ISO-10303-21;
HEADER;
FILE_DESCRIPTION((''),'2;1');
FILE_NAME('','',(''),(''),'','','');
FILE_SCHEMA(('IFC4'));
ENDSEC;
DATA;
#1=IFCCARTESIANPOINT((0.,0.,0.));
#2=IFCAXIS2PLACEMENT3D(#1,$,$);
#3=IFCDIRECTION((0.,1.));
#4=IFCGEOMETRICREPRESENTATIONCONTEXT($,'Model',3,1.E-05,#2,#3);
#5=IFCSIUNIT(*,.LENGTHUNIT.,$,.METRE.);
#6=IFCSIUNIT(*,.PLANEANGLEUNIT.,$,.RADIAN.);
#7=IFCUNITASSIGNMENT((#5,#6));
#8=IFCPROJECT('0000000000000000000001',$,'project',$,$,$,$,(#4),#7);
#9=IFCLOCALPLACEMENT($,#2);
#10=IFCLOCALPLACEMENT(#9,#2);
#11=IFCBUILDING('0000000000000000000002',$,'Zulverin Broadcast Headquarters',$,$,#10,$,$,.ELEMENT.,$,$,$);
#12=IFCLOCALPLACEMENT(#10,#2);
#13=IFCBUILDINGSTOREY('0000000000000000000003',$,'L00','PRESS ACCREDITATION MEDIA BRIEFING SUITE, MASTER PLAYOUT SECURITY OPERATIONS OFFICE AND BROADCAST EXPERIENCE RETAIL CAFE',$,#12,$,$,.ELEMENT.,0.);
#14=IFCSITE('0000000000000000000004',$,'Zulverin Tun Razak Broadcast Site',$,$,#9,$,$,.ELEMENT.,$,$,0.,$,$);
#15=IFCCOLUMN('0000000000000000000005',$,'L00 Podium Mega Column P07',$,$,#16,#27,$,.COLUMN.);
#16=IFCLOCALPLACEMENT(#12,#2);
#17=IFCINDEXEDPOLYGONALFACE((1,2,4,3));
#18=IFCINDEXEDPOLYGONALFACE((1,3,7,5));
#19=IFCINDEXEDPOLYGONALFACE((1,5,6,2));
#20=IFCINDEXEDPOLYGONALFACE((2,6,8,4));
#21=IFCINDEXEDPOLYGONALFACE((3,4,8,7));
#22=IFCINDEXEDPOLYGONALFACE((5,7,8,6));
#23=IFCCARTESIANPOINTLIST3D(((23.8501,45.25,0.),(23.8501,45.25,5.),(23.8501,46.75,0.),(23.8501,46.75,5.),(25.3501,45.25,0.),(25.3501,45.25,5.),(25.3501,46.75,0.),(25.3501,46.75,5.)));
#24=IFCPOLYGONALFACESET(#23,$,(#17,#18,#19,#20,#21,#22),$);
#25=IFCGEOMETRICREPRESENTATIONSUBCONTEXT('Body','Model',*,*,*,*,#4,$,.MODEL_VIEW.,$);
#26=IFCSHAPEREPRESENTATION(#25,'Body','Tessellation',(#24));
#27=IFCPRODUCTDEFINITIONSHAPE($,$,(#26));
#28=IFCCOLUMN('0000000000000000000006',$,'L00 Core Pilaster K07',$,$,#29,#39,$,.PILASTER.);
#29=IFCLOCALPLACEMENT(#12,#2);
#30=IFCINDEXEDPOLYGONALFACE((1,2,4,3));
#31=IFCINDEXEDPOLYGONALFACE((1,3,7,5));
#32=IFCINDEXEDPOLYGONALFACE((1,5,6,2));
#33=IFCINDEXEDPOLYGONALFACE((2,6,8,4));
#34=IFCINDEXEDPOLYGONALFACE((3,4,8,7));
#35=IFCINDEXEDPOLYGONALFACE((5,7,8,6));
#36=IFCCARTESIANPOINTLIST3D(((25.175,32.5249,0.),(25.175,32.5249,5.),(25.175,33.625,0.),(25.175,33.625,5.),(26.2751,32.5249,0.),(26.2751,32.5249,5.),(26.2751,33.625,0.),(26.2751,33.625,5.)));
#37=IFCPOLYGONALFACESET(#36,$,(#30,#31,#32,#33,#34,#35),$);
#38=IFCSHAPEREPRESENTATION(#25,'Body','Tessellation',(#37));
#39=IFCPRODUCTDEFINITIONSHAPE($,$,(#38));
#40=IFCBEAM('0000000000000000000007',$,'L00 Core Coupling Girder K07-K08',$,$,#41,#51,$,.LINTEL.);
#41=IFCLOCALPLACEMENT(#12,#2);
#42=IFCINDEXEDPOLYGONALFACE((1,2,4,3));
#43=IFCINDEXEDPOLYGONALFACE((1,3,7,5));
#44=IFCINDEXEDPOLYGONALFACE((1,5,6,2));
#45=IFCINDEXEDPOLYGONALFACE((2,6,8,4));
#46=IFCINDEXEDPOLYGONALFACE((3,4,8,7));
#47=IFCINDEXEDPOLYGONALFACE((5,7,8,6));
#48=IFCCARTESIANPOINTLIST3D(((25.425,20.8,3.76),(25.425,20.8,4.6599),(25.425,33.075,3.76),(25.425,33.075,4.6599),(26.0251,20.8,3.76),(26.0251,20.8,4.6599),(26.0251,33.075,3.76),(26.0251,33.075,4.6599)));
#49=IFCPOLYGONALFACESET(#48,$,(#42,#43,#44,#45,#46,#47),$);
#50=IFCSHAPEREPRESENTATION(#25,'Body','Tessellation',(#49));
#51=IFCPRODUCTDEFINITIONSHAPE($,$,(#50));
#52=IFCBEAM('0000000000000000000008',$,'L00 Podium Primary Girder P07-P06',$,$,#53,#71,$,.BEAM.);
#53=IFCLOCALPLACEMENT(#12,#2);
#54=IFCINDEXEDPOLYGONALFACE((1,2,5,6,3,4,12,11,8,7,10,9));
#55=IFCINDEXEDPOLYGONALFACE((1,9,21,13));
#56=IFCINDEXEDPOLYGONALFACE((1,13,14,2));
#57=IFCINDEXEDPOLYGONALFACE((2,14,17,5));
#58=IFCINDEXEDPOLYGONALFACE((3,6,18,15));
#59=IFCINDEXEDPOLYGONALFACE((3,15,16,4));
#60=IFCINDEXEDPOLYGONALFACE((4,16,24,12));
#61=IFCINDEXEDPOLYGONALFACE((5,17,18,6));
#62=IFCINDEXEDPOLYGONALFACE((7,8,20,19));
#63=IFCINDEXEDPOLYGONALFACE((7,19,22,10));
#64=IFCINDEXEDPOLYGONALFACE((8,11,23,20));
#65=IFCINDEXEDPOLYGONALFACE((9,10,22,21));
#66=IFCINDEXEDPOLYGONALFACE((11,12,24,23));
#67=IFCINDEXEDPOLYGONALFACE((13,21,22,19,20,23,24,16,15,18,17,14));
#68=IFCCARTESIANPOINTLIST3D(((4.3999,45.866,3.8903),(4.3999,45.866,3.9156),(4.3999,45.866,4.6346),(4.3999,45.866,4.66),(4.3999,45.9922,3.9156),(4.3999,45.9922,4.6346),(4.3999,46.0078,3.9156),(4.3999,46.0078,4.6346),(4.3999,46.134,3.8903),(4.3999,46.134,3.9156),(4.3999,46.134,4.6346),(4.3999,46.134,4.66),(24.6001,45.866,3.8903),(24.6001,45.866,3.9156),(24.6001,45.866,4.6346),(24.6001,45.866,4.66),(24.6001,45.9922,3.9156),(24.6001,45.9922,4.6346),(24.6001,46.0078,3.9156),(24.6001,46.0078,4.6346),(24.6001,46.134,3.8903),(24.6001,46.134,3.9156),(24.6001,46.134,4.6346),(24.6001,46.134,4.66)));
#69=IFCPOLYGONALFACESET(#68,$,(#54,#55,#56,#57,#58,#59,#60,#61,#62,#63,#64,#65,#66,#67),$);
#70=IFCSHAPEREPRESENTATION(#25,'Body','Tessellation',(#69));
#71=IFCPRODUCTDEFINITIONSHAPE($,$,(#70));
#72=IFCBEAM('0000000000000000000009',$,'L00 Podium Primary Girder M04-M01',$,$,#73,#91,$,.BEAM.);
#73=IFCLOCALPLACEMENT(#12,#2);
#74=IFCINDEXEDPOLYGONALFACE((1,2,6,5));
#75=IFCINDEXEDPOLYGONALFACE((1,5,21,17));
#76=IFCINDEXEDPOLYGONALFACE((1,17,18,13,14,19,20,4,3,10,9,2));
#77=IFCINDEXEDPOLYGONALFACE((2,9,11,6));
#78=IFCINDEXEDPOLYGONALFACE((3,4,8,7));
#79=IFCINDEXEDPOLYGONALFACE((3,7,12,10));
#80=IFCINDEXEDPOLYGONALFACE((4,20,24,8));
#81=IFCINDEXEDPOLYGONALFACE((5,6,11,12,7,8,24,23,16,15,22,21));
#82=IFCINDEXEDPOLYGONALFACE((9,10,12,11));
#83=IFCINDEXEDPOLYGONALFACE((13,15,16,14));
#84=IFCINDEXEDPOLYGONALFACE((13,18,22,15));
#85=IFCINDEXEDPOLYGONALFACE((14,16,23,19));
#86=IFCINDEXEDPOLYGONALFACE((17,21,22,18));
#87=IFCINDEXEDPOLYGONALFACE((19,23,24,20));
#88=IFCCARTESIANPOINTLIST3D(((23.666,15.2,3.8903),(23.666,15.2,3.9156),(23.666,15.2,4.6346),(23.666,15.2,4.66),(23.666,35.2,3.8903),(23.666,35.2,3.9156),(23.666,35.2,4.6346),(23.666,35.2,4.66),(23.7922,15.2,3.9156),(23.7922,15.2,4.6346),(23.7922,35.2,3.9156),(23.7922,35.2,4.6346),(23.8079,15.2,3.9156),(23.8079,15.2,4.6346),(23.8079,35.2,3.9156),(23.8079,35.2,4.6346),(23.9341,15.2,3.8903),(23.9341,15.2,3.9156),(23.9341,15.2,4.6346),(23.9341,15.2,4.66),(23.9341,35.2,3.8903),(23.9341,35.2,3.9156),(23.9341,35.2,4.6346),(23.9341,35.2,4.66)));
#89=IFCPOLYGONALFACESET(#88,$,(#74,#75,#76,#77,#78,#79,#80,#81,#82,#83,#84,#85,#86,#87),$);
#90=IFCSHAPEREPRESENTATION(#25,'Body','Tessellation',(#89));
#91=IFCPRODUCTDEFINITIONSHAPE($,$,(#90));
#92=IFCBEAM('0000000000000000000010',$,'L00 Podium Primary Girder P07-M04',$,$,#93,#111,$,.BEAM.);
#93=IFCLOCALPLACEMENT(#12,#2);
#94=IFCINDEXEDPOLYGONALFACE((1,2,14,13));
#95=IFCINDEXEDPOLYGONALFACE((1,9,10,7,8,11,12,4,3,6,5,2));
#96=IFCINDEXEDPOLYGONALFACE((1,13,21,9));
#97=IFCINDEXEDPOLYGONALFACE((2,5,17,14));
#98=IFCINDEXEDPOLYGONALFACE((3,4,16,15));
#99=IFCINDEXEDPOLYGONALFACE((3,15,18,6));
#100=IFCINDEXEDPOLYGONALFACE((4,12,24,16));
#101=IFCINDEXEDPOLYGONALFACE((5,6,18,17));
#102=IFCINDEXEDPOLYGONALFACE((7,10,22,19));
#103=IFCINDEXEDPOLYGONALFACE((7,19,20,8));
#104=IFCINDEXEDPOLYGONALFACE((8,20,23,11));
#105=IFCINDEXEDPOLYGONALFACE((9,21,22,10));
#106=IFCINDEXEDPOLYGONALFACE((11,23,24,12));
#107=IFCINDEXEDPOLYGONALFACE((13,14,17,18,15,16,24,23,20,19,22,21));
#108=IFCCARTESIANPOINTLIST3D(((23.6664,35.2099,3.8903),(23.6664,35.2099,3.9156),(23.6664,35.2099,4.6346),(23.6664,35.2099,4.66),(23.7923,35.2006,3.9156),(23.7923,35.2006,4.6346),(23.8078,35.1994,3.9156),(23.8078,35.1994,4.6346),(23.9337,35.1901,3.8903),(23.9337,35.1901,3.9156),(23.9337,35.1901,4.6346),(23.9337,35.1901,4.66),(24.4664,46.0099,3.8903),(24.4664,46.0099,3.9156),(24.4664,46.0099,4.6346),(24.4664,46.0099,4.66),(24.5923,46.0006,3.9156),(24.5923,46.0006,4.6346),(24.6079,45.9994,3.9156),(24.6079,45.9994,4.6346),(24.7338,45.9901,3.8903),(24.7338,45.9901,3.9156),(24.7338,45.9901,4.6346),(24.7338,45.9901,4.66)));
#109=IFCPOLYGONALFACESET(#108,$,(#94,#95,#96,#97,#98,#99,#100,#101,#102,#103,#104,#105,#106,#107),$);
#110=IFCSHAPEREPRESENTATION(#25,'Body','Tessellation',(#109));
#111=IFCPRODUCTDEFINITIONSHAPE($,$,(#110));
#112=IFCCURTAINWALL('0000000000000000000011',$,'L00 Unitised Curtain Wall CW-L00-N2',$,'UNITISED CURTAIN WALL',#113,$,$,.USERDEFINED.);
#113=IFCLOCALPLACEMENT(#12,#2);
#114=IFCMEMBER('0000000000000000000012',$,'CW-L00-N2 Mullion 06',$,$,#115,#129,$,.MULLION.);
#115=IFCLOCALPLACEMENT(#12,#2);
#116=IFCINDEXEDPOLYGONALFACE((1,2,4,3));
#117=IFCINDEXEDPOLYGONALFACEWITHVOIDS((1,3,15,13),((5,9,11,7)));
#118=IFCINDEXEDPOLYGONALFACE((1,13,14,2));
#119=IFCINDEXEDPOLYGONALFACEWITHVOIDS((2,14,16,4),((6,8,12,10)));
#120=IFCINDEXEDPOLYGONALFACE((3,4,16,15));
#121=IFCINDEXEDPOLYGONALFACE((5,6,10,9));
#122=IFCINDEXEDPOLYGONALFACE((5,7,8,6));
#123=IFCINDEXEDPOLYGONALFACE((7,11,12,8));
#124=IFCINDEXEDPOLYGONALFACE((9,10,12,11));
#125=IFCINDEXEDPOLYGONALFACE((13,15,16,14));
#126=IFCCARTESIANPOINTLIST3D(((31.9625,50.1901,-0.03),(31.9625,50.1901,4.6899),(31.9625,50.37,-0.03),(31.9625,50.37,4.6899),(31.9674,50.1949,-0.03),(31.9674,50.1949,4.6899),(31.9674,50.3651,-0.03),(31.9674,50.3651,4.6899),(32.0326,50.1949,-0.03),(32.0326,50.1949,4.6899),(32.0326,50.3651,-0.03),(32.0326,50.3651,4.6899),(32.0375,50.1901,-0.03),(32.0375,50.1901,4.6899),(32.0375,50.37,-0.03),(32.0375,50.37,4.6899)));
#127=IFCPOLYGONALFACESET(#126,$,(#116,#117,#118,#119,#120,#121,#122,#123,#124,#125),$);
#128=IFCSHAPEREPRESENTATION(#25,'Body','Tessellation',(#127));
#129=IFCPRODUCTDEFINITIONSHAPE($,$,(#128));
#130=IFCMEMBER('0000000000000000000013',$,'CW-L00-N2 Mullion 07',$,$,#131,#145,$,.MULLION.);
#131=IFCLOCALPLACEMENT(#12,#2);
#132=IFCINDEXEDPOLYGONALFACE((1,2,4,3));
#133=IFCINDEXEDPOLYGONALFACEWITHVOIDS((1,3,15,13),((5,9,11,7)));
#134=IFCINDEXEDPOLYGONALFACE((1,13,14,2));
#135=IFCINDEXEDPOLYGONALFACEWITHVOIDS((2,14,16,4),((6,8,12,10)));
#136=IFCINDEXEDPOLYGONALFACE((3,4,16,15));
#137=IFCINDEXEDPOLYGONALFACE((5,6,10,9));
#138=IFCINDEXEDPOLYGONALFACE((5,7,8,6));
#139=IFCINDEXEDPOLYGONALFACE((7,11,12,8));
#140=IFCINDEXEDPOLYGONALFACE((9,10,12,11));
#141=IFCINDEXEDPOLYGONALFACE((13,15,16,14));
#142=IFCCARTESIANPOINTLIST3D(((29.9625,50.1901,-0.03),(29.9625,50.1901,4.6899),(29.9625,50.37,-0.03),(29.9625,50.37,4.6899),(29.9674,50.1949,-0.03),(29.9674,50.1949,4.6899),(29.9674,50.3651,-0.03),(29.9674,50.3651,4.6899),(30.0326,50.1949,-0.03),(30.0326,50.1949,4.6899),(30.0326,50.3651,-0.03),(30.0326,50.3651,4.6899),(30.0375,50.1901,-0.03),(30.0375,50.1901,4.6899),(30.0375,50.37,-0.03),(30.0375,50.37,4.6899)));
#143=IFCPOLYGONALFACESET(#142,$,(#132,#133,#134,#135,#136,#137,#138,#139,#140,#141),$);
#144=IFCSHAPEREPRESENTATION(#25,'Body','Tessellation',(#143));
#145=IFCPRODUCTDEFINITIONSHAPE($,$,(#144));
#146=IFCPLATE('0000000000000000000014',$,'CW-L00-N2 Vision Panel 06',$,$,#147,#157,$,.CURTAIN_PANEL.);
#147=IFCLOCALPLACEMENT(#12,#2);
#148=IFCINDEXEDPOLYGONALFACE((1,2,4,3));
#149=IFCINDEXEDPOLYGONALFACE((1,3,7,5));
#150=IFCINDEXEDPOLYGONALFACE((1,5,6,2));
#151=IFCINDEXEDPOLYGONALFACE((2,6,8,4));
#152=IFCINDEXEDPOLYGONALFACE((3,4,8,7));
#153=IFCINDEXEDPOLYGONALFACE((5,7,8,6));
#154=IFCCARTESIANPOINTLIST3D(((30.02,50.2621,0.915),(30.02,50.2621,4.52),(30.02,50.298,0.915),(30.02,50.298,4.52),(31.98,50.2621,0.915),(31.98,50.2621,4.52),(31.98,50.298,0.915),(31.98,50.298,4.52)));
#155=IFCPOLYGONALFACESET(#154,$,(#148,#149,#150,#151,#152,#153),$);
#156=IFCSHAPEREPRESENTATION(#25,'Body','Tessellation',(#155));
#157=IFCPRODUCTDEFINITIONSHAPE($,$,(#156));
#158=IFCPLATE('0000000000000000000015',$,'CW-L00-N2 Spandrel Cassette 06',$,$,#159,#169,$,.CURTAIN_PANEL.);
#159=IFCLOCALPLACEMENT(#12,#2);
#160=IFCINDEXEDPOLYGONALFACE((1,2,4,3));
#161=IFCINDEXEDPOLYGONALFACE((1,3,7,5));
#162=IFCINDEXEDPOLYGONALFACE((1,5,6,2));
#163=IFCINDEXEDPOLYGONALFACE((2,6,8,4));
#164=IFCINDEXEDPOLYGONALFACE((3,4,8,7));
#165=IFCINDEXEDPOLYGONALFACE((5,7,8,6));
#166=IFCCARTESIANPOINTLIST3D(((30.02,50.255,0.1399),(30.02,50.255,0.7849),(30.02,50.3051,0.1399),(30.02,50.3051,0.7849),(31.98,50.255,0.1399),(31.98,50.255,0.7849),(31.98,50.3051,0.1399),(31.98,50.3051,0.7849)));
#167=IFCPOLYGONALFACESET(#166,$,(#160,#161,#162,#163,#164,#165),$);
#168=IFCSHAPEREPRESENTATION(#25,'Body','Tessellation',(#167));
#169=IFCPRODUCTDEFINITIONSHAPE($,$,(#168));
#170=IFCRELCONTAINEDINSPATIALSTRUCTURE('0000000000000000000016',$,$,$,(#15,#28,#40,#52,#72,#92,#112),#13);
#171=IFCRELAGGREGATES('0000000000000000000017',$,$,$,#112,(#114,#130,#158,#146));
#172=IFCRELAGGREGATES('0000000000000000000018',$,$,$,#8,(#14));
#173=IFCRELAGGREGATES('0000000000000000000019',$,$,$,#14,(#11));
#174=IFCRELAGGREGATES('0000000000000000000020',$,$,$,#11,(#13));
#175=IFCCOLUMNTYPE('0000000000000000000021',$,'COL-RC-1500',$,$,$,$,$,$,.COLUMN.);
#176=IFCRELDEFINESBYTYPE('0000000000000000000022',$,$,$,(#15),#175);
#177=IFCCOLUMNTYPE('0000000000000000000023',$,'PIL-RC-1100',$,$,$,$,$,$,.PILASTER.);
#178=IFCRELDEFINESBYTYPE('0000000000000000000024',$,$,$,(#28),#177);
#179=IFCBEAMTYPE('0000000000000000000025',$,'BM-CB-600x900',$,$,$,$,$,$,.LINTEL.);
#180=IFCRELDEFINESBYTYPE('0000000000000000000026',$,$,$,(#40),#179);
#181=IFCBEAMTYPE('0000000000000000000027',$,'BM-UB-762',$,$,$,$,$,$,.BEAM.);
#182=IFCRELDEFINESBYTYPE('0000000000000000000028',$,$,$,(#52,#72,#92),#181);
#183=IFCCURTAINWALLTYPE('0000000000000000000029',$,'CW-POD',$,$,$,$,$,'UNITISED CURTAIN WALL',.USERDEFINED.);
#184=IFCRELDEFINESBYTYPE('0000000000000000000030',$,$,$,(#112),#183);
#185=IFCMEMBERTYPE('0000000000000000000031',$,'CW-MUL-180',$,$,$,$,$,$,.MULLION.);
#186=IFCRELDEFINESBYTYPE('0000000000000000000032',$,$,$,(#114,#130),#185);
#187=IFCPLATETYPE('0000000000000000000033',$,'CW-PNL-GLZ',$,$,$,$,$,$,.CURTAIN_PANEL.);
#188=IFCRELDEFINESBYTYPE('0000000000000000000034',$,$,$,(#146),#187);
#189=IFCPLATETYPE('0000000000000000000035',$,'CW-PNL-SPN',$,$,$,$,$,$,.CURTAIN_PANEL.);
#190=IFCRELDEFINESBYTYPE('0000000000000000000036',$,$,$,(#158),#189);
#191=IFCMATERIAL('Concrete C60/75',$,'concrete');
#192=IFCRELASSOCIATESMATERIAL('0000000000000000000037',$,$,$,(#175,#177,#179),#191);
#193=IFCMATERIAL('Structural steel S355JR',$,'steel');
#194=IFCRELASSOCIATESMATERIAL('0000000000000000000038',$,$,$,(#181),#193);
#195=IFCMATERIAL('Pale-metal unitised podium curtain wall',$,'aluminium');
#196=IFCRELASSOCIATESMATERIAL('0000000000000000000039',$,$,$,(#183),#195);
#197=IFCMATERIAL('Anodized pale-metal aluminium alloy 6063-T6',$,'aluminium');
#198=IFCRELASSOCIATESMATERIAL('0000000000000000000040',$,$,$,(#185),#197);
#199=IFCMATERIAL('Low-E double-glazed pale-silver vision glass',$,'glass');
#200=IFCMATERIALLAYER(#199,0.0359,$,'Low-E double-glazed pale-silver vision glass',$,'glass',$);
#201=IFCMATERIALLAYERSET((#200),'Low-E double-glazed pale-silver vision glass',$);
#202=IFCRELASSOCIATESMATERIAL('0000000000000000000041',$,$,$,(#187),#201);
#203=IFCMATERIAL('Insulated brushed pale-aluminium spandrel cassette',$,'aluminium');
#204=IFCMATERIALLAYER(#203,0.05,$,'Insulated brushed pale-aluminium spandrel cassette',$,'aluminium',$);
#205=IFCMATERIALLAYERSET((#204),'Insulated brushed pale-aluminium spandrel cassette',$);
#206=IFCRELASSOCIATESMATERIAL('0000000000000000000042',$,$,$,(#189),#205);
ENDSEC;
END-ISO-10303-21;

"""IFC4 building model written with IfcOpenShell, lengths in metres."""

from ifc_helpers import new_model, si_unit, direction, frame, origin, origin_2d, place, context, subcontext, project, spatial, rectangle, hollow_rectangle, i_section, extrude, material, layer, layer_set, material_profile, profile_set, type_object, element, aggregate, save


model = new_model("IFC4")

# Units and contexts
model_context = context("Model", 3, precision=1e-05, world=origin(), true_north=direction((0.0, 1.0)))
body_context = subcontext(model_context, "Body", "Model", "MODEL_VIEW")
ifc_project = project(units=[si_unit("LENGTHUNIT", "METRE"), si_unit("PLANEANGLEUNIT", "RADIAN")], contexts=[model_context])

# Site, building, storey
site_placement = place(None, origin())
site = spatial("IfcSite", under=ifc_project, at=site_placement, Name="Zulverin Tun Razak Broadcast Site", CompositionType="ELEMENT", RefElevation=0.0)
building_placement = place(site_placement, origin())
building = spatial("IfcBuilding", under=site, at=building_placement, Name="Zulverin Broadcast Headquarters", CompositionType="ELEMENT")
storey_placement = place(building_placement, origin())
storey = spatial("IfcBuildingStorey", under=building, at=storey_placement, Name="L00", Description="PRESS ACCREDITATION MEDIA BRIEFING SUITE, MASTER PLAYOUT SECURITY OPERATIONS OFFICE AND BROADCAST EXPERIENCE RETAIL CAFE", CompositionType="ELEMENT", Elevation=0.0)

# Columns
ifc_material_1 = material(Name="Concrete C60/75", Category="concrete")
ifc_material_profile_1 = material_profile(ifc_material_1, rectangle(XDim=1.5, YDim=1.5, at=origin_2d()), Name="Concrete C60/75", Category="concrete")
ifc_profile_set_1 = profile_set([ifc_material_profile_1], Name="Concrete C60/75")
column_type_1 = type_object("IfcColumnType", Name="COL-RC-1500", PredefinedType="COLUMN", material=ifc_profile_set_1)
column_1_placement = place(storey_placement, frame((24.6001, 46.0, 0.0), z_axis=(0.0, 0.0, 1.0), x_axis=(1.0, 0.0, 0.0)))
element("IfcColumn", 1, at=column_1_placement, inside=storey, type_object=column_type_1, Name="L00 Podium Mega Column P07", PredefinedType="COLUMN", context=body_context, shape_type="SweptSolid", body=[
    extrude(rectangle(XDim=1.5, YDim=1.5, at=origin_2d()), origin(), (0.0, 0.0, 1.0), 5.0),
])
ifc_material_profile_2 = material_profile(ifc_material_1, rectangle(XDim=1.1001, YDim=1.1001, at=origin_2d()), Name="Concrete C60/75", Category="concrete")
ifc_profile_set_2 = profile_set([ifc_material_profile_2], Name="Concrete C60/75")
column_type_2 = type_object("IfcColumnType", Name="PIL-RC-1100", PredefinedType="PILASTER", material=ifc_profile_set_2)
column_2_placement = place(storey_placement, frame((25.7251, 33.075, 0.0), z_axis=(0.0, 0.0, 1.0), x_axis=(1.0, 0.0, 0.0)))
element("IfcColumn", 2, at=column_2_placement, inside=storey, type_object=column_type_2, Name="L00 Core Pilaster K07", PredefinedType="PILASTER", context=body_context, shape_type="SweptSolid", body=[
    extrude(rectangle(XDim=1.1001, YDim=1.1001, at=origin_2d()), origin(), (0.0, 0.0, 1.0), 5.0),
])

# Beams
ifc_material_profile_3 = material_profile(ifc_material_1, rectangle(XDim=0.6001, YDim=0.8999, at=origin_2d()), Name="Concrete C60/75", Category="concrete")
ifc_profile_set_3 = profile_set([ifc_material_profile_3], Name="Concrete C60/75")
beam_type_1 = type_object("IfcBeamType", Name="BM-CB-600x900", PredefinedType="LINTEL", material=ifc_profile_set_3)
beam_1_placement = place(storey_placement, frame((25.7251, 33.075, 4.21), z_axis=(0.0, -1.0, 0.0), x_axis=(1.0, 0.0, 0.0)))
element("IfcBeam", 3, at=beam_1_placement, inside=storey, type_object=beam_type_1, Name="L00 Core Coupling Girder K07-K08", PredefinedType="LINTEL", context=body_context, shape_type="SweptSolid", body=[
    extrude(rectangle(XDim=0.6001, YDim=0.8999, at=origin_2d()), origin(), (0.0, 0.0, 1.0), 12.2749),
])
ifc_material_2 = material(Name="Structural steel S355JR", Category="steel")
ifc_material_profile_4 = material_profile(ifc_material_2, i_section(OverallWidth=0.2681, OverallDepth=0.7698, WebThickness=0.0156, FlangeThickness=0.0254, at=origin_2d()), Name="Structural steel S355JR", Category="steel")
ifc_profile_set_4 = profile_set([ifc_material_profile_4], Name="Structural steel S355JR")
beam_type_2 = type_object("IfcBeamType", Name="BM-UB-762", PredefinedType="BEAM", material=ifc_profile_set_4)
beam_2_placement = place(storey_placement, frame((24.6001, 46.0, 4.2751), z_axis=(-1.0, 0.0, 0.0), x_axis=(0.0, -1.0, 0.0)))
element("IfcBeam", 4, at=beam_2_placement, inside=storey, type_object=beam_type_2, Name="L00 Podium Primary Girder P07-P06", PredefinedType="BEAM", context=body_context, shape_type="SweptSolid", body=[
    extrude(i_section(OverallWidth=0.2681, OverallDepth=0.7698, WebThickness=0.0156, FlangeThickness=0.0254, at=origin_2d()), origin(), (0.0, 0.0, 1.0), 20.2002),
])
beam_3_placement = place(storey_placement, frame((23.8, 35.2, 4.2751), z_axis=(0.0, -1.0, 0.0), x_axis=(1.0, 0.0, 0.0)))
element("IfcBeam", 5, at=beam_3_placement, inside=storey, type_object=beam_type_2, Name="L00 Podium Primary Girder M04-M01", PredefinedType="BEAM", context=body_context, shape_type="SweptSolid", body=[
    extrude(i_section(OverallWidth=0.2681, OverallDepth=0.7698, WebThickness=0.0156, FlangeThickness=0.0254, at=origin_2d()), origin(), (0.0, 0.0, 1.0), 20.0),
])
beam_4_placement = place(storey_placement, frame((24.6001, 46.0, 4.2751), z_axis=(-0.073876, -0.997267, 0.0), x_axis=(0.997267, -0.073876, 0.0)))
element("IfcBeam", 6, at=beam_4_placement, inside=storey, type_object=beam_type_2, Name="L00 Podium Primary Girder P07-M04", PredefinedType="BEAM", context=body_context, shape_type="SweptSolid", body=[
    extrude(i_section(OverallWidth=0.2681, OverallDepth=0.7698, WebThickness=0.0156, FlangeThickness=0.0254, at=origin_2d()), origin(), (0.0, 0.0, 1.0), 10.8296),
])

# Curtain wall, members, plates
ifc_material_3 = material(Name="Pale-metal unitised podium curtain wall", Category="aluminium")
curtain_wall_type = type_object("IfcCurtainWallType", Name="CW-POD", ElementType="UNITISED CURTAIN WALL", PredefinedType="USERDEFINED", material=ifc_material_3)
curtain_wall_placement = place(storey_placement, origin())
curtain_wall = element("IfcCurtainWall", 7, at=curtain_wall_placement, inside=storey, type_object=curtain_wall_type, Name="L00 Unitised Curtain Wall CW-L00-N2", ObjectType="UNITISED CURTAIN WALL", PredefinedType="USERDEFINED")
ifc_material_4 = material(Name="Anodized pale-metal aluminium alloy 6063-T6", Category="aluminium")
ifc_material_profile_5 = material_profile(ifc_material_4, hollow_rectangle(XDim=0.075, YDim=0.1799, WallThickness=0.0049, at=origin_2d()), Name="Anodized pale-metal aluminium alloy 6063-T6", Category="aluminium")
ifc_profile_set_5 = profile_set([ifc_material_profile_5], Name="Anodized pale-metal aluminium alloy 6063-T6")
member_type = type_object("IfcMemberType", Name="CW-MUL-180", PredefinedType="MULLION", material=ifc_profile_set_5)
member_1_placement = place(storey_placement, frame((32.0, 50.28, -0.03), z_axis=(0.0, 0.0, 1.0), x_axis=(-1.0, 0.0, 0.0)))
member_1 = element("IfcMember", 8, at=member_1_placement, type_object=member_type, Name="CW-L00-N2 Mullion 06", PredefinedType="MULLION", context=body_context, shape_type="SweptSolid", body=[
    extrude(hollow_rectangle(XDim=0.075, YDim=0.1799, WallThickness=0.0049, at=origin_2d()), origin(), (0.0, 0.0, 1.0), 4.72),
])
member_2_placement = place(storey_placement, frame((30.0, 50.28, -0.03), z_axis=(0.0, 0.0, 1.0), x_axis=(-1.0, 0.0, 0.0)))
member_2 = element("IfcMember", 9, at=member_2_placement, type_object=member_type, Name="CW-L00-N2 Mullion 07", PredefinedType="MULLION", context=body_context, shape_type="SweptSolid", body=[
    extrude(hollow_rectangle(XDim=0.075, YDim=0.1799, WallThickness=0.0049, at=origin_2d()), origin(), (0.0, 0.0, 1.0), 4.72),
])
ifc_material_5 = material(Name="Low-E double-glazed pale-silver vision glass", Category="glass")
ifc_layer_1 = layer(ifc_material_5, 0.0359, Name="Low-E double-glazed pale-silver vision glass", Category="glass")
ifc_layer_set_1 = layer_set([ifc_layer_1], Name="Low-E double-glazed pale-silver vision glass")
plate_type_1 = type_object("IfcPlateType", Name="CW-PNL-GLZ", PredefinedType="CURTAIN_PANEL", material=ifc_layer_set_1)
plate_1_placement = place(storey_placement, frame((31.0, 50.28, 0.915), z_axis=(0.0, 0.0, 1.0), x_axis=(-1.0, 0.0, 0.0)))
plate_1 = element("IfcPlate", 10, at=plate_1_placement, type_object=plate_type_1, Name="CW-L00-N2 Vision Panel 06", PredefinedType="CURTAIN_PANEL", context=body_context, shape_type="SweptSolid", body=[
    extrude(rectangle(XDim=1.96, YDim=0.0359, at=origin_2d()), origin(), (0.0, 0.0, 1.0), 3.605),
])
ifc_material_6 = material(Name="Insulated brushed pale-aluminium spandrel cassette", Category="aluminium")
ifc_layer_2 = layer(ifc_material_6, 0.05, Name="Insulated brushed pale-aluminium spandrel cassette", Category="aluminium")
ifc_layer_set_2 = layer_set([ifc_layer_2], Name="Insulated brushed pale-aluminium spandrel cassette")
plate_type_2 = type_object("IfcPlateType", Name="CW-PNL-SPN", PredefinedType="CURTAIN_PANEL", material=ifc_layer_set_2)
plate_2_placement = place(storey_placement, frame((31.0, 50.28, 0.1399), z_axis=(0.0, 0.0, 1.0), x_axis=(-1.0, 0.0, 0.0)))
plate_2 = element("IfcPlate", 11, at=plate_2_placement, type_object=plate_type_2, Name="CW-L00-N2 Spandrel Cassette 06", PredefinedType="CURTAIN_PANEL", context=body_context, shape_type="SweptSolid", body=[
    extrude(rectangle(XDim=1.96, YDim=0.05, at=origin_2d()), origin(), (0.0, 0.0, 1.0), 0.645),
])
aggregate(curtain_wall, [member_1, member_2, plate_2, plate_1])

save(model, "model.ifc")
